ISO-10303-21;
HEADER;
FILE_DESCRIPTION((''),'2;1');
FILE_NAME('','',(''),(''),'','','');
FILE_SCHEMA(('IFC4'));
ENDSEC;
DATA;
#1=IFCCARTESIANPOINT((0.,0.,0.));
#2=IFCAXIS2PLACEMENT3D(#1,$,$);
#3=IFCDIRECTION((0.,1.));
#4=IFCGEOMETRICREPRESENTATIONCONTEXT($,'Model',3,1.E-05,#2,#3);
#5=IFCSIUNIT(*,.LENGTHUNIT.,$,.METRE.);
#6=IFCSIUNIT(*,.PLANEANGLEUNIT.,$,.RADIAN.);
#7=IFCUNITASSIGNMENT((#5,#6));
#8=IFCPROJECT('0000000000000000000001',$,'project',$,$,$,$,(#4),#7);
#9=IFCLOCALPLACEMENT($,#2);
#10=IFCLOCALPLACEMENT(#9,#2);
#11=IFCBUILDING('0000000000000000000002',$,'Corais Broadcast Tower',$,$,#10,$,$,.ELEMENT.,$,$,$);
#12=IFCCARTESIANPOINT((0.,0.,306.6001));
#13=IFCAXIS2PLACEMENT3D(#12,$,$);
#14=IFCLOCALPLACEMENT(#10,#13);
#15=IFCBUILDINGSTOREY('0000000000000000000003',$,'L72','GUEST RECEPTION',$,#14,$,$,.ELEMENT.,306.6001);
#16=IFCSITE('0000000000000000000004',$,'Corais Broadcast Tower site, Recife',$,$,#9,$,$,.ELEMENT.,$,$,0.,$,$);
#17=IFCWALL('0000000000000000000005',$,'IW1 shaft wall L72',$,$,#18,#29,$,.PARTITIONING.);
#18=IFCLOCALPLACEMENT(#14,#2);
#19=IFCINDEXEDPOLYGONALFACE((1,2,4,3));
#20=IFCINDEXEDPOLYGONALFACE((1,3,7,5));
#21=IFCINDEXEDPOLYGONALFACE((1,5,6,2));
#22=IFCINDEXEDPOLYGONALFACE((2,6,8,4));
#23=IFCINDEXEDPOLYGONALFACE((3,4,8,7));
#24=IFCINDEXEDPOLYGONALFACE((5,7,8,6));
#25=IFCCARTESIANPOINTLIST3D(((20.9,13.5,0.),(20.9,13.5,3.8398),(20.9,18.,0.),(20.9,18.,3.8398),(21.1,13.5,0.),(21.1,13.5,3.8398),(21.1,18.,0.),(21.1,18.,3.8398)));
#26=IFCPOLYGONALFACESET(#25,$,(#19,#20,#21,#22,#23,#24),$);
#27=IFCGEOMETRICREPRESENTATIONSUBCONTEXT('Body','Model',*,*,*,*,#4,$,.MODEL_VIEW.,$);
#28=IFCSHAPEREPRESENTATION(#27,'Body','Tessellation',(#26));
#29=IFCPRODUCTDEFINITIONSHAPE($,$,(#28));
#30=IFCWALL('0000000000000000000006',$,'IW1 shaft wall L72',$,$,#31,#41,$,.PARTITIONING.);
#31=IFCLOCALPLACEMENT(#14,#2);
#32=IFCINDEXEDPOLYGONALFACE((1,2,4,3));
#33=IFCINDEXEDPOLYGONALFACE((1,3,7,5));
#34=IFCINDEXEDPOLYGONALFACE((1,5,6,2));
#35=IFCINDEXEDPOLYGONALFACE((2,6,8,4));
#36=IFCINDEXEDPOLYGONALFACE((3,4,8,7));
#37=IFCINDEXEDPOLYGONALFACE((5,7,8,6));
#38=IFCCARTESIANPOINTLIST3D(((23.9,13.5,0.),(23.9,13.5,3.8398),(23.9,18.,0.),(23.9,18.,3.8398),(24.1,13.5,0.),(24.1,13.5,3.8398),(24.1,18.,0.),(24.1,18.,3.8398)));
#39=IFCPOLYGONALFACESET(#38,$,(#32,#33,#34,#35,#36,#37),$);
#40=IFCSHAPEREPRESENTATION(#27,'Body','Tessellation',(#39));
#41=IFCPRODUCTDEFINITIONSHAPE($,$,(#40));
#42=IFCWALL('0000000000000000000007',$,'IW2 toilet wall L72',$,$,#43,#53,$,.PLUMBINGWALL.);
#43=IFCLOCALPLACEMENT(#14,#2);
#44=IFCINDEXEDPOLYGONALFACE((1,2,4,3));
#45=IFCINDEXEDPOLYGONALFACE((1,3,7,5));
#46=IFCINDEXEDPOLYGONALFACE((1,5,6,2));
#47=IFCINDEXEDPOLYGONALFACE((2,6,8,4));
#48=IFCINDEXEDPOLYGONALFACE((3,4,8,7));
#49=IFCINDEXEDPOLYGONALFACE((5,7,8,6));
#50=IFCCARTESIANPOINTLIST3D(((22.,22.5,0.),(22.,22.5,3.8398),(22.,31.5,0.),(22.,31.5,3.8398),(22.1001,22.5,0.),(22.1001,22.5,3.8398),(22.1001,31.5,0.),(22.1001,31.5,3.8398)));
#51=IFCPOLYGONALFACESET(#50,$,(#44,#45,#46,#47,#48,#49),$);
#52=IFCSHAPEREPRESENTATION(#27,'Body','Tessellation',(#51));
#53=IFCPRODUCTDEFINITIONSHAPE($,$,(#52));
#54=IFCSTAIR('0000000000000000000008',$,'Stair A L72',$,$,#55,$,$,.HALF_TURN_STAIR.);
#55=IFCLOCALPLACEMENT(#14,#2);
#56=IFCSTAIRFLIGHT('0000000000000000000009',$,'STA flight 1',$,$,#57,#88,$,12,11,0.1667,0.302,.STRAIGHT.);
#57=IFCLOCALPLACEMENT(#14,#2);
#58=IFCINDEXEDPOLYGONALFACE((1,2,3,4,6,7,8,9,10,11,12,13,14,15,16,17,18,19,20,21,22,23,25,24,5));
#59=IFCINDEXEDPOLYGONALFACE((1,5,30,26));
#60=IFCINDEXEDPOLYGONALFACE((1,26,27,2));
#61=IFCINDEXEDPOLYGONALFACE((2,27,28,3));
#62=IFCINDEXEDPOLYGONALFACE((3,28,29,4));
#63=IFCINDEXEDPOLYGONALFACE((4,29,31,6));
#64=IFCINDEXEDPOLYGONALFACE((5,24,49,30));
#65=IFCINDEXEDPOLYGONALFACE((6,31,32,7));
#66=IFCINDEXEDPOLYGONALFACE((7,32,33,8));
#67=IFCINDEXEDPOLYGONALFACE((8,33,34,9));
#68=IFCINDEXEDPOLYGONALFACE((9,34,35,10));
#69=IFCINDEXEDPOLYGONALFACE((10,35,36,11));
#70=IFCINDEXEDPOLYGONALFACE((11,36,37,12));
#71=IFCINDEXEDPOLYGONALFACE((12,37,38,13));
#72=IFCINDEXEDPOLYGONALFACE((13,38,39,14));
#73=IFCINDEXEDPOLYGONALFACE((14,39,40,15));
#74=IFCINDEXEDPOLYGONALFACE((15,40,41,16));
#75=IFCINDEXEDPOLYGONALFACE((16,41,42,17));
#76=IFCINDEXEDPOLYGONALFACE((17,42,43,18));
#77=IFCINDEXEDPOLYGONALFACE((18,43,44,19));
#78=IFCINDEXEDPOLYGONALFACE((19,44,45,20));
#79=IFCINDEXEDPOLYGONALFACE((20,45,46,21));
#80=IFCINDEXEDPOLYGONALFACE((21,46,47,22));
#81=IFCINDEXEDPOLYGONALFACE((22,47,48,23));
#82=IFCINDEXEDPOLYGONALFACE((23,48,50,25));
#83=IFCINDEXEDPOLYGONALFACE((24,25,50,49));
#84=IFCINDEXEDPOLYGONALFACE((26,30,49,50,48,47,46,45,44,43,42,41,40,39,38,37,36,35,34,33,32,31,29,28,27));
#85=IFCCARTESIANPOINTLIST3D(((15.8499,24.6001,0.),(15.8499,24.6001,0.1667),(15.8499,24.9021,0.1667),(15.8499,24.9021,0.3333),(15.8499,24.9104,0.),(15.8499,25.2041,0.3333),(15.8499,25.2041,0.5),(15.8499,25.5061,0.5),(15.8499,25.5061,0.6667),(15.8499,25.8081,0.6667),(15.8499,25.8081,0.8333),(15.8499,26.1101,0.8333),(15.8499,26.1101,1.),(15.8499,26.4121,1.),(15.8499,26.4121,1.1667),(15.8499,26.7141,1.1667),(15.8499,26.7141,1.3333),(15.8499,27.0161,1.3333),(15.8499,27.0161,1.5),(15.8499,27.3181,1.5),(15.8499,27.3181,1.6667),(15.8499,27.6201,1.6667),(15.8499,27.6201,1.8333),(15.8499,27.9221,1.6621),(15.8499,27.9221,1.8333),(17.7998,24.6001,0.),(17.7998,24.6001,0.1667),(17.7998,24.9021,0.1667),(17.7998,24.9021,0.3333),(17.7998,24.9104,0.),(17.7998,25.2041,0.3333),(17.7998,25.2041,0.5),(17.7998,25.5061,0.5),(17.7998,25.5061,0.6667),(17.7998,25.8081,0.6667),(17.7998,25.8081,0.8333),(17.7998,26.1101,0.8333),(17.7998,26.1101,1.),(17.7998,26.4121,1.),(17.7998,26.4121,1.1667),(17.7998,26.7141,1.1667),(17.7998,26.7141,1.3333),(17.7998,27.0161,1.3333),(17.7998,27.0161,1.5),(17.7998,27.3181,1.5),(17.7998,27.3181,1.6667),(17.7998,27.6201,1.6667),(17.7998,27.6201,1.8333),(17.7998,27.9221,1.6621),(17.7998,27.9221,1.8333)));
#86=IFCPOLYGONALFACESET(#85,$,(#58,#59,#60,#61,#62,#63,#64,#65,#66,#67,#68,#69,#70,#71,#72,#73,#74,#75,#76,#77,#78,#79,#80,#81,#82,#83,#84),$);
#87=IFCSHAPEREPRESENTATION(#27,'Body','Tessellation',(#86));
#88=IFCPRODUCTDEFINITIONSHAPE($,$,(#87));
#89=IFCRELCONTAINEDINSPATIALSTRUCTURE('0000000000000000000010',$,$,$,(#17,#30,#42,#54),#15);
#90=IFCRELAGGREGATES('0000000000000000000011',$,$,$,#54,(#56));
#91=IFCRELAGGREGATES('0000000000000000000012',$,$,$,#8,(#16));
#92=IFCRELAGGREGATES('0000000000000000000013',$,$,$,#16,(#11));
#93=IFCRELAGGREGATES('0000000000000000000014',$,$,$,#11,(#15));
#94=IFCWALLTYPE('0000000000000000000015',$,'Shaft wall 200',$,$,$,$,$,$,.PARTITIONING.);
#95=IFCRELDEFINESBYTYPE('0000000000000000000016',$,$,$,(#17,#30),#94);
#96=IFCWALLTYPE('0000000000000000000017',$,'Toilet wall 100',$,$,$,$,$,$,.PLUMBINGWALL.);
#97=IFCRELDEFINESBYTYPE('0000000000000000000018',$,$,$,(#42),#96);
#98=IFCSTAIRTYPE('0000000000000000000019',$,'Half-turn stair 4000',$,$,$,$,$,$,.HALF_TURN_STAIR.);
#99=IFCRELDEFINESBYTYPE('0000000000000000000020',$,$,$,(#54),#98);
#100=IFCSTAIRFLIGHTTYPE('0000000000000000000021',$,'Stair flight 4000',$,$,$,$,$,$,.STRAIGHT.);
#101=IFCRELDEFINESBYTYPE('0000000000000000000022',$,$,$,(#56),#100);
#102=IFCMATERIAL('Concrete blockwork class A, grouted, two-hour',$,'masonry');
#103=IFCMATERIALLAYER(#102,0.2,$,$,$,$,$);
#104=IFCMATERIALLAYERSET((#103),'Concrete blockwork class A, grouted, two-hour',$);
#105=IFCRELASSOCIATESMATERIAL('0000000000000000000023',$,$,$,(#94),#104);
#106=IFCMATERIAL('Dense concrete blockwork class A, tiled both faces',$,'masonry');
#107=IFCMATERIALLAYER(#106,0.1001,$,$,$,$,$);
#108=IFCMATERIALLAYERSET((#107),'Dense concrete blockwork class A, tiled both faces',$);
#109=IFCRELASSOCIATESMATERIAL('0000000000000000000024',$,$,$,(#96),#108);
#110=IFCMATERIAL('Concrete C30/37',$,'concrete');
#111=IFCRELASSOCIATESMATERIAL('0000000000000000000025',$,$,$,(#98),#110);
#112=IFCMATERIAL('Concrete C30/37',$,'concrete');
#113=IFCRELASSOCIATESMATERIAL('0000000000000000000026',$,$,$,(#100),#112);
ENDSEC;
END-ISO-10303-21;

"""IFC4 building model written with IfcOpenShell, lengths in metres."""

from ifc_helpers import new_model, si_unit, direction, frame, frame_2d, origin, place, context, subcontext, project, spatial, polyline, rectangle, outline, extrude, material, layer, layer_set, type_object, element, aggregate, save


model = new_model("IFC4")

# Units and contexts
model_context = context("Model", 3, precision=1e-05, world=origin(), true_north=direction((0.0, 1.0)))
body_context = subcontext(model_context, "Body", "Model", "MODEL_VIEW")
ifc_project = project(units=[si_unit("LENGTHUNIT", "METRE"), si_unit("PLANEANGLEUNIT", "RADIAN")], contexts=[model_context])

# Site, building, storey
site_placement = place(None, origin())
site = spatial("IfcSite", under=ifc_project, at=site_placement, Name="Corais Broadcast Tower site, Recife", CompositionType="ELEMENT", RefElevation=0.0)
building_placement = place(site_placement, origin())
building = spatial("IfcBuilding", under=site, at=building_placement, Name="Corais Broadcast Tower", CompositionType="ELEMENT")
storey_placement = place(building_placement, frame((0.0, 0.0, 306.6001)))
storey = spatial("IfcBuildingStorey", under=building, at=storey_placement, Name="L72", Description="GUEST RECEPTION", CompositionType="ELEMENT", Elevation=306.6001)

# Walls
ifc_material_1 = material(Name="Concrete blockwork class A, grouted, two-hour", Category="masonry")
ifc_layer_1 = layer(ifc_material_1, 0.2)
ifc_layer_set_1 = layer_set([ifc_layer_1], Name="Concrete blockwork class A, grouted, two-hour")
wall_type_1 = type_object("IfcWallType", Name="Shaft wall 200", PredefinedType="PARTITIONING", material=ifc_layer_set_1)
for number, where, z_axis, x_axis, name in (
    (1, (21.0, 13.5, 0.0), (0.0, 0.0, 1.0), (0.0, 1.0, 0.0), "IW1 shaft wall L72"),
    (2, (24.0, 13.5, 0.0), (0.0, 0.0, 1.0), (0.0, 1.0, 0.0), "IW1 shaft wall L72"),
):
    element("IfcWall", number, at=place(storey_placement, frame(where, z_axis=z_axis, x_axis=x_axis)), inside=storey, type_object=wall_type_1, Name=name, PredefinedType="PARTITIONING", context=body_context, shape_type="SweptSolid", body=[
        extrude(rectangle(XDim=4.5, YDim=0.2, at=frame_2d((2.25, 0.0))), origin(), (0.0, 0.0, 1.0), 3.8398),
    ])
ifc_material_2 = material(Name="Dense concrete blockwork class A, tiled both faces", Category="masonry")
ifc_layer_2 = layer(ifc_material_2, 0.1001)
ifc_layer_set_2 = layer_set([ifc_layer_2], Name="Dense concrete blockwork class A, tiled both faces")
wall_type_2 = type_object("IfcWallType", Name="Toilet wall 100", PredefinedType="PLUMBINGWALL", material=ifc_layer_set_2)
wall_1_placement = place(storey_placement, frame((22.05, 22.5, 0.0), z_axis=(0.0, 0.0, 1.0), x_axis=(0.0, 1.0, 0.0)))
element("IfcWall", 3, at=wall_1_placement, inside=storey, type_object=wall_type_2, Name="IW2 toilet wall L72", PredefinedType="PLUMBINGWALL", context=body_context, shape_type="SweptSolid", body=[
    extrude(rectangle(XDim=9.0, YDim=0.1001, at=frame_2d((4.5, 0.0))), origin(), (0.0, 0.0, 1.0), 3.8398),
])

# Stair, stair flight
ifc_material_3 = material(Name="Concrete C30/37", Category="concrete")
stair_type = type_object("IfcStairType", Name="Half-turn stair 4000", PredefinedType="HALF_TURN_STAIR", material=ifc_material_3)
stair_placement = place(storey_placement, origin())
stair = element("IfcStair", 4, at=stair_placement, inside=storey, type_object=stair_type, Name="Stair A L72", PredefinedType="HALF_TURN_STAIR")
ifc_material_4 = material(Name="Concrete C30/37", Category="concrete")
stair_flight_type = type_object("IfcStairFlightType", Name="Stair flight 4000", PredefinedType="STRAIGHT", material=ifc_material_4)
stair_flight_placement = place(storey_placement, frame((16.825, 24.6001, 0.0), z_axis=(0.0, 0.0, 1.0), x_axis=(0.0, 1.0, 0.0)))
stair_flight = element("IfcStairFlight", 5, at=stair_flight_placement, type_object=stair_flight_type, Name="STA flight 1", NumberOfRisers=12, NumberOfTreads=11, PredefinedType="STRAIGHT", RiserHeight=0.1667, TreadLength=0.302, context=body_context, shape_type="SweptSolid", body=[
    extrude(outline(polyline([(0.0, 0.0), (0.0, 0.1667), (0.302, 0.1667), (0.302, 0.3333), (0.604, 0.3333), (0.604, 0.5), (0.906, 0.5), (0.906, 0.6667), (1.208, 0.6667), (1.208, 0.8333), (1.51, 0.8333), (1.51, 1.0), (1.812, 1.0), (1.812, 1.1667), (2.114, 1.1667), (2.114, 1.3333), (2.416, 1.3333), (2.416, 1.5), (2.718, 1.5), (2.718, 1.6667), (3.02, 1.6667), (3.02, 1.8333), (3.322, 1.8333), (3.322, 2.0), (3.322, 1.6621), (0.3103, 0.0), (0.0, 0.0)])), frame((0.0, 0.9751, 0.0), z_axis=(0.0, -1.0, 0.0), x_axis=(1.0, 0.0, 0.0)), (0.0, 0.0, 1.0), 1.95),
])
aggregate(stair, [stair_flight])

save(model, "model.ifc")
